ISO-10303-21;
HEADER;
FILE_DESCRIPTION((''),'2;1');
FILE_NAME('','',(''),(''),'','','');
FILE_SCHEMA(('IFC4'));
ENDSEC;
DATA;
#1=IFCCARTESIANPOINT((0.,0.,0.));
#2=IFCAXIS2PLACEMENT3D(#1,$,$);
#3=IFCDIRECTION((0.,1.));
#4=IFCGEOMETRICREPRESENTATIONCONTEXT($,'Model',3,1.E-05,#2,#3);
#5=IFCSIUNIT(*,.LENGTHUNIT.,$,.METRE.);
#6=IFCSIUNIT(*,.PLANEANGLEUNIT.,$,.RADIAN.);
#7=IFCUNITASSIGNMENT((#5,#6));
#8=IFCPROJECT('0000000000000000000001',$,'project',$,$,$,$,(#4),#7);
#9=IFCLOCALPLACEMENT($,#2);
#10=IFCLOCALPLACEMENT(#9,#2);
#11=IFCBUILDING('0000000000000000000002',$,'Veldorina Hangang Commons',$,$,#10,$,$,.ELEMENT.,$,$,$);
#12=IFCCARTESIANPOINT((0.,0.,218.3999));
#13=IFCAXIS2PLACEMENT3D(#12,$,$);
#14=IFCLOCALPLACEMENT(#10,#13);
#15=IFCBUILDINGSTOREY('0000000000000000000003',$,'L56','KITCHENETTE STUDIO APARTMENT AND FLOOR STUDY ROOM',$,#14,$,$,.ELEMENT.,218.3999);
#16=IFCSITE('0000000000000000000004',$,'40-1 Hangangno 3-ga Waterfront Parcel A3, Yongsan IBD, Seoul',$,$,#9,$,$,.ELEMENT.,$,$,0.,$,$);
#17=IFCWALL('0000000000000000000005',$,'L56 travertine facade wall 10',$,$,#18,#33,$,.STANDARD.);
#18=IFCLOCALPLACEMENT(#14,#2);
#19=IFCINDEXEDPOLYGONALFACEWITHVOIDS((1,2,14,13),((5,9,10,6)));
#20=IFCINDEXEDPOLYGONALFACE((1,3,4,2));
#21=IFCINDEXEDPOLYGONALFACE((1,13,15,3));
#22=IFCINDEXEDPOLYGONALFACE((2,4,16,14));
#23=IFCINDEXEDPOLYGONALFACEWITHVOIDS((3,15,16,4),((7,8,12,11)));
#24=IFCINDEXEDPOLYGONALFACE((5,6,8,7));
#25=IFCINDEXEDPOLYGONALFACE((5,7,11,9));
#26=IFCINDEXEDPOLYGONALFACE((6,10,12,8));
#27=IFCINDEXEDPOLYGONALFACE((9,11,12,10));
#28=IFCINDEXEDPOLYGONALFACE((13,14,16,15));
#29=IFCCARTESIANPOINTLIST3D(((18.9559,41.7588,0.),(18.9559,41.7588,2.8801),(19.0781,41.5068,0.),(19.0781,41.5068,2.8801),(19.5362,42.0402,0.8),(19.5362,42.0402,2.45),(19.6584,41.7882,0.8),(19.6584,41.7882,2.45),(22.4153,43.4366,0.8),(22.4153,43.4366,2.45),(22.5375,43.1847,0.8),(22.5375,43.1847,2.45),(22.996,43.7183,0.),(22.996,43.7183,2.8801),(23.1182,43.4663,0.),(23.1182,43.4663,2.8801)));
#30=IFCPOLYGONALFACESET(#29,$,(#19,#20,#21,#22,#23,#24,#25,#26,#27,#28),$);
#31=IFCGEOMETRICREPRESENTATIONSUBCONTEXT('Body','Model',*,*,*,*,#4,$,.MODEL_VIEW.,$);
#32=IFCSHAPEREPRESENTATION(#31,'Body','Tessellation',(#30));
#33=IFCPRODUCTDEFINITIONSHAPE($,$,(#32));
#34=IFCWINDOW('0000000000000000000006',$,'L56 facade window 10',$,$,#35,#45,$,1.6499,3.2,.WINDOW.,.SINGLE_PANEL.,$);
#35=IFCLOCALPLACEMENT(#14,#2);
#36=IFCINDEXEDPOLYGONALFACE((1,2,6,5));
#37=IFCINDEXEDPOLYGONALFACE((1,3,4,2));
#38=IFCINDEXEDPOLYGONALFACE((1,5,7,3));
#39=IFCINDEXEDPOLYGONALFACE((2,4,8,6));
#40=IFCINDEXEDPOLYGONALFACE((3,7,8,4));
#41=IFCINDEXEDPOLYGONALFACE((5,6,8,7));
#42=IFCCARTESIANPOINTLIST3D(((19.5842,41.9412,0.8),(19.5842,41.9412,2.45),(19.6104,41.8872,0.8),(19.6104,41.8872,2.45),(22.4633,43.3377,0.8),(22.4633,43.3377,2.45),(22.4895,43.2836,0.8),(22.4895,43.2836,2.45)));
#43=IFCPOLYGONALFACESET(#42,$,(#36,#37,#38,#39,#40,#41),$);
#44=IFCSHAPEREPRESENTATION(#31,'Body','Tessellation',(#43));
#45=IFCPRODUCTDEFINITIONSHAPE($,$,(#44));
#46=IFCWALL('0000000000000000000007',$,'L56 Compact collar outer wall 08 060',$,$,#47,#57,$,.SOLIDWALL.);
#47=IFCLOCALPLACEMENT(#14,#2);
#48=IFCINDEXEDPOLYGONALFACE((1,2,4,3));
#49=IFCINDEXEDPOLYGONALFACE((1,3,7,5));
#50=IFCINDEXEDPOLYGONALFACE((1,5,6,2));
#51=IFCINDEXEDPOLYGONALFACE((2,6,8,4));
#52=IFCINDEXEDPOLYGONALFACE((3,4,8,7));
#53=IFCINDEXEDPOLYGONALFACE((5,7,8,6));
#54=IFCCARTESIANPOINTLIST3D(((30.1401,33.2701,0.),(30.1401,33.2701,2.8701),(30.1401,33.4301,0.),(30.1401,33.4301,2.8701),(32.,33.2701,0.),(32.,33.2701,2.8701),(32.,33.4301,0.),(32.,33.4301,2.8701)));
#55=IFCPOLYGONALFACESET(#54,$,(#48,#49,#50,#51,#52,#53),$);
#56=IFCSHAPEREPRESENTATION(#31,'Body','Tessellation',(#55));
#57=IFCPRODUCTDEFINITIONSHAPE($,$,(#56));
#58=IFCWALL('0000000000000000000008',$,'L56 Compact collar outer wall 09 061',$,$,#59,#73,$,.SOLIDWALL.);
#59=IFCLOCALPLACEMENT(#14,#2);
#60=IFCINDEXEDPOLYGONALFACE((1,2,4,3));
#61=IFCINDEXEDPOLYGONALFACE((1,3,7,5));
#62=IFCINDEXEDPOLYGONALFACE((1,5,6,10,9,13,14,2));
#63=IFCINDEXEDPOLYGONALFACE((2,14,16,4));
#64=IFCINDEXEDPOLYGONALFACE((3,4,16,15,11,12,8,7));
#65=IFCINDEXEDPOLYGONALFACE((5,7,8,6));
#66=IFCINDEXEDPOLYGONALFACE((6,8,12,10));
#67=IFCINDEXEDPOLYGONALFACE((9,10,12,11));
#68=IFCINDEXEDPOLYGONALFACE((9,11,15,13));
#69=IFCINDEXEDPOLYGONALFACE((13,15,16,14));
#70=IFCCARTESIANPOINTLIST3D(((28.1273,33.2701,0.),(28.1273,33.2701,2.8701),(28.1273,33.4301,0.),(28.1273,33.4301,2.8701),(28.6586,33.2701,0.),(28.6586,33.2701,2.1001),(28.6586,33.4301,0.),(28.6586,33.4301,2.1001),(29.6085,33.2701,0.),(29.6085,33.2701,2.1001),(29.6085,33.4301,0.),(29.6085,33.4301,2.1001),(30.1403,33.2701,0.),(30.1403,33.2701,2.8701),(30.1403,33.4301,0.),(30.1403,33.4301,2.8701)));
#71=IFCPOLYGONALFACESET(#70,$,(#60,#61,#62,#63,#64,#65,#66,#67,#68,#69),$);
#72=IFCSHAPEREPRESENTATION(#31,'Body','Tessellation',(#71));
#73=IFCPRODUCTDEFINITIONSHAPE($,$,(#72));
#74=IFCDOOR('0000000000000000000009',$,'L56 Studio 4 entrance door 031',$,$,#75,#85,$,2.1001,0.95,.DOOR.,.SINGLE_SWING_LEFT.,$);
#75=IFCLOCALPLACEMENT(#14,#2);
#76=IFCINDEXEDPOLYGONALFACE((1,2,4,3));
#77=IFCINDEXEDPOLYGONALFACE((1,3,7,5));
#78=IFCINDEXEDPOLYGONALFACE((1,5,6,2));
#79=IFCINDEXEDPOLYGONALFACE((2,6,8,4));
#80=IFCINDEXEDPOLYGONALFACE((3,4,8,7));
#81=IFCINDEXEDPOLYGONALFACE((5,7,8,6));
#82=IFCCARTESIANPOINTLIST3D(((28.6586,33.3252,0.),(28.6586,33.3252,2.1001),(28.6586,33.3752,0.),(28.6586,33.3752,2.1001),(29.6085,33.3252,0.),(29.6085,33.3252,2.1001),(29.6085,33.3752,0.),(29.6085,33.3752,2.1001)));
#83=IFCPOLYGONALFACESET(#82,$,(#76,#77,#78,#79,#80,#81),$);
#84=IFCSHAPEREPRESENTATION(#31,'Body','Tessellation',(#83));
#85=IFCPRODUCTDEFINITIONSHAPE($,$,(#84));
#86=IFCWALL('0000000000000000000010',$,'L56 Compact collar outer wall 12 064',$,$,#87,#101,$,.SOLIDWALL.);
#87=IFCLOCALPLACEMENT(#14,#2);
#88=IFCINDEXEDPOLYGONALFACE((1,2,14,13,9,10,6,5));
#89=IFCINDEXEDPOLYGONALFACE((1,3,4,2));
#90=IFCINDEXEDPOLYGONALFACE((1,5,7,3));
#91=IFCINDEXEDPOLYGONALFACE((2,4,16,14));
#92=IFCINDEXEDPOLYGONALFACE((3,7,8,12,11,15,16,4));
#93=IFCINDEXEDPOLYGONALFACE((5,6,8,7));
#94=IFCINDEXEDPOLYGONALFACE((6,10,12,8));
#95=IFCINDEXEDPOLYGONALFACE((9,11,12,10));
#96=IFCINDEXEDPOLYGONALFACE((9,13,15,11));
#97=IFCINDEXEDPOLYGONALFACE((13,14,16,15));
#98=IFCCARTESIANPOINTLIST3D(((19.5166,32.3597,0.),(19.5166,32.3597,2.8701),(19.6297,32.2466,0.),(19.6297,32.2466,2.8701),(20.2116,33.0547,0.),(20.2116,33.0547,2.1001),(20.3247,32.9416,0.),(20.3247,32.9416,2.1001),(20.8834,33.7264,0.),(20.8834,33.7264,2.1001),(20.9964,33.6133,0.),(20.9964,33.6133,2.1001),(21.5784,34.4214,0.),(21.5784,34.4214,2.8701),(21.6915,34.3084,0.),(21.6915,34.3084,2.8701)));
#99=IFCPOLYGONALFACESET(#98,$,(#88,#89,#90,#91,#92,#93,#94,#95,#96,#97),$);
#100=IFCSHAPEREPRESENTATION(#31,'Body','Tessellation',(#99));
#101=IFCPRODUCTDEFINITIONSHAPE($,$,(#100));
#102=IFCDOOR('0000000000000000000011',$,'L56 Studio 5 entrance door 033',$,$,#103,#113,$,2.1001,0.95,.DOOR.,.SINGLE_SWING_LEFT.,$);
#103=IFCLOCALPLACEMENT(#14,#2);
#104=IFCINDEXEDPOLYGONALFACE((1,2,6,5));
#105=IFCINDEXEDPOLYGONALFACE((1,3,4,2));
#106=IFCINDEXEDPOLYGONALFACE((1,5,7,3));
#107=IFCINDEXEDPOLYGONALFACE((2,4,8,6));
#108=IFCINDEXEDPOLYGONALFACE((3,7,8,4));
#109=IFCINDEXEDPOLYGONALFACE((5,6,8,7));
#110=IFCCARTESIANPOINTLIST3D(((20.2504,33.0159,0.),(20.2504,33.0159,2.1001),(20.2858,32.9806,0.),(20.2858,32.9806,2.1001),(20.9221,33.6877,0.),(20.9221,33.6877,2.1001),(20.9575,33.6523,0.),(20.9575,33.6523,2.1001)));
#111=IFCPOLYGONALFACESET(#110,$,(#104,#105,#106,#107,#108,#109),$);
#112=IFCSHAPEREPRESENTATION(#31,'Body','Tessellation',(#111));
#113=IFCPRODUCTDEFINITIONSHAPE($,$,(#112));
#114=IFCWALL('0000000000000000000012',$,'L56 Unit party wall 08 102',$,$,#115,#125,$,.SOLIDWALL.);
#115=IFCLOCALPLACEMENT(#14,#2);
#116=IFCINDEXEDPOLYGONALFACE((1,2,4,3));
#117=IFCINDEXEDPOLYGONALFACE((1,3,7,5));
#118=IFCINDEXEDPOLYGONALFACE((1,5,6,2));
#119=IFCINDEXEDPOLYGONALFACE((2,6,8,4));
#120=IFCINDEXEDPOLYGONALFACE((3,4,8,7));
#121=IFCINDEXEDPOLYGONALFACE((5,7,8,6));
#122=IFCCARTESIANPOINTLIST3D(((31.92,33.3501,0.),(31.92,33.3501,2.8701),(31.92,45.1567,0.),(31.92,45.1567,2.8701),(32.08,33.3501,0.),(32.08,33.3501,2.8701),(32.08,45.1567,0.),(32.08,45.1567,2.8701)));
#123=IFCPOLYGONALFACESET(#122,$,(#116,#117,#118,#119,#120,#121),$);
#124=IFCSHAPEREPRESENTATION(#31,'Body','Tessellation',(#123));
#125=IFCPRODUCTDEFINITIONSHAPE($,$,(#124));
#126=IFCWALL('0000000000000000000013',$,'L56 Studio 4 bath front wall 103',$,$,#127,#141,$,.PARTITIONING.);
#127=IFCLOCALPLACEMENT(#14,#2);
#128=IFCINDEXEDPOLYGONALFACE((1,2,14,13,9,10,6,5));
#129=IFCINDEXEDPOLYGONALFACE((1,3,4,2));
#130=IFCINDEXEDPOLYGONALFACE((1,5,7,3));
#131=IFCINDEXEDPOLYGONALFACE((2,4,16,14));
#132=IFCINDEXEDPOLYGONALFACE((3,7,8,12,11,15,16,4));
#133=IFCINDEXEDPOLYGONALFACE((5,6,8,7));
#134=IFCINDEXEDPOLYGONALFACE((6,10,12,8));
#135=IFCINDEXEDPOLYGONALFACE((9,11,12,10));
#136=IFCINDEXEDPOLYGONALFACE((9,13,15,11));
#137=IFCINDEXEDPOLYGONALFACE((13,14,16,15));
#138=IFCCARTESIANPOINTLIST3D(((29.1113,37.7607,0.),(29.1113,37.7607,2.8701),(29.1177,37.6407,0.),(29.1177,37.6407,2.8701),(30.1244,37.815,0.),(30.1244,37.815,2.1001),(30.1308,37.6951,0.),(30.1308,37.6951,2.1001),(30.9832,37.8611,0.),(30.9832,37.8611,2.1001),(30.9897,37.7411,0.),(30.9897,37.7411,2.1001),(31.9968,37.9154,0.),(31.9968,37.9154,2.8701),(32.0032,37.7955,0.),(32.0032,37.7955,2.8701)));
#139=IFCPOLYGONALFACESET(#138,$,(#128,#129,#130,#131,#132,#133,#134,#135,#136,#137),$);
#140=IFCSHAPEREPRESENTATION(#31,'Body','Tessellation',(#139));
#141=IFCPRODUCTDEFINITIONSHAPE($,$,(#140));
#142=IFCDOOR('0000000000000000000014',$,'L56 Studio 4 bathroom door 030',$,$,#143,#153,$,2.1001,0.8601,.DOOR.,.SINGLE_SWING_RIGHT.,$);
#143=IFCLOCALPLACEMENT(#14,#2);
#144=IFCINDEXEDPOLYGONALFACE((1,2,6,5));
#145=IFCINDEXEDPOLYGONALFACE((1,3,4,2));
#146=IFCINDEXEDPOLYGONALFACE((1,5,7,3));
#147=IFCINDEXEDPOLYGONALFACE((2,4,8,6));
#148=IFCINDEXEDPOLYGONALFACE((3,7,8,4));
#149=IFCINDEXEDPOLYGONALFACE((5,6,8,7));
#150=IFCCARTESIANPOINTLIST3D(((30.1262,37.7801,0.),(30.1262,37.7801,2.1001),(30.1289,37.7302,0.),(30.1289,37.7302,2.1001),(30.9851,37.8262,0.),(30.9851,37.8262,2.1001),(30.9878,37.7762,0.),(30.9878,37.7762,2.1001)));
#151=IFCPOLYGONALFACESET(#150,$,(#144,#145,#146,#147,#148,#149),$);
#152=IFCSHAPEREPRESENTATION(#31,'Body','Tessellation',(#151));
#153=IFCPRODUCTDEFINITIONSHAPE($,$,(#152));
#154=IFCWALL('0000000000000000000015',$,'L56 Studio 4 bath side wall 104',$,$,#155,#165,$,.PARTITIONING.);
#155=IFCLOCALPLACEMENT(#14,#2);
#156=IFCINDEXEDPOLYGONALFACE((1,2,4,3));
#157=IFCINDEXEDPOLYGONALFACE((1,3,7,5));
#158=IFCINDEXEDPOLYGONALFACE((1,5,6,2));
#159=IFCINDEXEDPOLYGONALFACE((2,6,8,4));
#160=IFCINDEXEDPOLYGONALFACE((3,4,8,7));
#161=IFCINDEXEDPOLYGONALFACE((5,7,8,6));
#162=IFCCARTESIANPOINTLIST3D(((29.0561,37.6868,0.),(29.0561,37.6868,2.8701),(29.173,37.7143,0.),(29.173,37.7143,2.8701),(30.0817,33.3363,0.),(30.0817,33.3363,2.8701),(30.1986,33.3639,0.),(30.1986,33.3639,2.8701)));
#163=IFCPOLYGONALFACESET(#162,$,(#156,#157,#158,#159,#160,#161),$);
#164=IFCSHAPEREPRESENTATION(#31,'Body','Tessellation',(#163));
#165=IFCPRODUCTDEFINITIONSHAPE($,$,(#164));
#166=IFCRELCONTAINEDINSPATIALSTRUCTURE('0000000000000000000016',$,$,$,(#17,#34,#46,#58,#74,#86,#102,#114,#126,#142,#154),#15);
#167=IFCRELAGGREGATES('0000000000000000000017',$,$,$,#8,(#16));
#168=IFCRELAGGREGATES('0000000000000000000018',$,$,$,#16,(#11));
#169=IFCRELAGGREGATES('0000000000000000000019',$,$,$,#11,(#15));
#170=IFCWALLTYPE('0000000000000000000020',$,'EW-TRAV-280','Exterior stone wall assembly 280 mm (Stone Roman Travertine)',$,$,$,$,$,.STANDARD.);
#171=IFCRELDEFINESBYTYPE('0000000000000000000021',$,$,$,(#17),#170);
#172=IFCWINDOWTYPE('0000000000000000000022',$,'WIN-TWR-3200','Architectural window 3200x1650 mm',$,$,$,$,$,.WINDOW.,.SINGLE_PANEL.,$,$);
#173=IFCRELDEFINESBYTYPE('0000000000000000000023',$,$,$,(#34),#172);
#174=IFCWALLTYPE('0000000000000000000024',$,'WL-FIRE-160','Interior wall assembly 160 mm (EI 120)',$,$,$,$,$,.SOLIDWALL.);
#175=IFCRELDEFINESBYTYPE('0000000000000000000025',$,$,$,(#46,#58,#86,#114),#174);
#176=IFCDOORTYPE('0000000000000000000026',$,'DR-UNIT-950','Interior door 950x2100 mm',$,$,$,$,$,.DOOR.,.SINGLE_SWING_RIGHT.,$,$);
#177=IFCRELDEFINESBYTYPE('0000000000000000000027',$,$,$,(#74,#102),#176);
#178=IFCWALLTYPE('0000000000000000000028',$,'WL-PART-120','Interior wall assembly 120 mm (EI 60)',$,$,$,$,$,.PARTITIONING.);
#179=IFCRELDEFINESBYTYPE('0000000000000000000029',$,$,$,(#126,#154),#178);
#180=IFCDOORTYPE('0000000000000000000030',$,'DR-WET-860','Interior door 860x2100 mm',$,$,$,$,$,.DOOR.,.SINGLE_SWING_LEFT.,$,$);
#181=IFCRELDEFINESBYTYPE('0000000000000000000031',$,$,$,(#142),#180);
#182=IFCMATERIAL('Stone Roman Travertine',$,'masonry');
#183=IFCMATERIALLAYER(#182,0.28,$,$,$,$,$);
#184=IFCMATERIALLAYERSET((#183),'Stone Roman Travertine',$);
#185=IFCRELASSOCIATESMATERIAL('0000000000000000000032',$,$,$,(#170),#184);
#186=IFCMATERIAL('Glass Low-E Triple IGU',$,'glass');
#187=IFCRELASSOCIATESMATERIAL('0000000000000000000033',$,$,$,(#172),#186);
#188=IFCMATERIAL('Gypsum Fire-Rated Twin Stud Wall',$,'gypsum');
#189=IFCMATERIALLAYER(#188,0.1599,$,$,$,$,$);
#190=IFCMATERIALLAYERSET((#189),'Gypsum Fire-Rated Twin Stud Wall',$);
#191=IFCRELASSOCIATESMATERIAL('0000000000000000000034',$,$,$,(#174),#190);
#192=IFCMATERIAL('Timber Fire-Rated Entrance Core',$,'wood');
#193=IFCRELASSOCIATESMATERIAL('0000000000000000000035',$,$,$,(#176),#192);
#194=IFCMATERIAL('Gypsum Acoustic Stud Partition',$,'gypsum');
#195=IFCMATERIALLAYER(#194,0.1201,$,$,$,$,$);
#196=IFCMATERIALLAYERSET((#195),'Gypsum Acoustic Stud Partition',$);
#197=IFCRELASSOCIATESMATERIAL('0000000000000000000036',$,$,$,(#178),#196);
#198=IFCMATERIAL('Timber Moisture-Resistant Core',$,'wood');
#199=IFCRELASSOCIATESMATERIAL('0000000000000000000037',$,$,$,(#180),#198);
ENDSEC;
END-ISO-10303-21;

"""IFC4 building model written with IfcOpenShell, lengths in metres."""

from ifc_helpers import new_model, si_unit, direction, frame, frame_2d, origin, place, context, subcontext, project, spatial, rectangle, extrude, material, layer, layer_set, type_object, element, fill, save


model = new_model("IFC4")

# Units and contexts
model_context = context("Model", 3, precision=1e-05, world=origin(), true_north=direction((0.0, 1.0)))
body_context = subcontext(model_context, "Body", "Model", "MODEL_VIEW")
ifc_project = project(units=[si_unit("LENGTHUNIT", "METRE"), si_unit("PLANEANGLEUNIT", "RADIAN")], contexts=[model_context])

# Site, building, storey
site_placement = place(None, origin())
site = spatial("IfcSite", under=ifc_project, at=site_placement, Name="40-1 Hangangno 3-ga Waterfront Parcel A3, Yongsan IBD, Seoul", CompositionType="ELEMENT", RefElevation=0.0)
building_placement = place(site_placement, origin())
building = spatial("IfcBuilding", under=site, at=building_placement, Name="Veldorina Hangang Commons", CompositionType="ELEMENT")
storey_placement = place(building_placement, frame((0.0, 0.0, 218.3999)))
storey = spatial("IfcBuildingStorey", under=building, at=storey_placement, Name="L56", Description="KITCHENETTE STUDIO APARTMENT AND FLOOR STUDY ROOM", CompositionType="ELEMENT", Elevation=218.3999)

# Shared definitions
ifc_material_1 = material(Name="Stone Roman Travertine", Category="masonry")
ifc_layer_1 = layer(ifc_material_1, 0.28)
ifc_layer_set_1 = layer_set([ifc_layer_1], Name="Stone Roman Travertine")
wall_type_1 = type_object("IfcWallType", Name="EW-TRAV-280", Description="Exterior stone wall assembly 280 mm (Stone Roman Travertine)", PredefinedType="STANDARD", material=ifc_layer_set_1)

# Wall, opening, window
wall_1_placement = place(storey_placement, frame((23.0571, 43.5923, 0.0), z_axis=(0.0, 0.0, 1.0), x_axis=(-0.899756, -0.436394, 0.0)))
wall_1 = element("IfcWall", 1, at=wall_1_placement, inside=storey, type_object=wall_type_1, Name="L56 travertine facade wall 10", PredefinedType="STANDARD", context=body_context, shape_type="SweptSolid", body=[
    extrude(rectangle(XDim=4.4902, YDim=0.28, at=frame_2d((2.2451, 0.0))), origin(), (0.0, 0.0, 1.0), 2.8801),
])
opening_1_placement = place(wall_1_placement, frame((0.6453, 0.0, 0.8)))
opening_1 = element("IfcOpeningElement", 2, at=opening_1_placement, cuts=wall_1, PredefinedType="OPENING", context=body_context, shape_type="SweptSolid", body=[
    extrude(rectangle(XDim=3.2, YDim=1.6499, at=frame_2d((1.6001, 0.825))), frame((0.0, 0.1499, 0.0), z_axis=(0.0, -1.0, 0.0), x_axis=(1.0, 0.0, 0.0)), (0.0, 0.0, 1.0), 0.3),
])
ifc_material_2 = material(Name="Glass Low-E Triple IGU", Category="glass")
window_type = type_object("IfcWindowType", Name="WIN-TWR-3200", Description="Architectural window 3200x1650 mm", PartitioningType="SINGLE_PANEL", PredefinedType="WINDOW", material=ifc_material_2)
window_placement = place(opening_1_placement, origin())
window = element("IfcWindow", 3, at=window_placement, inside=storey, type_object=window_type, Name="L56 facade window 10", OverallHeight=1.6499, OverallWidth=3.2, PartitioningType="SINGLE_PANEL", PredefinedType="WINDOW", context=body_context, shape_type="SweptSolid", body=[
    extrude(rectangle(XDim=3.2, YDim=1.6499, at=frame_2d((1.6001, 0.825))), frame((0.0, 0.03, 0.0), z_axis=(0.0, -1.0, 0.0), x_axis=(1.0, 0.0, 0.0)), (0.0, 0.0, 1.0), 0.0601),
])
fill(opening_1, window)

# Wall
ifc_material_3 = material(Name="Gypsum Fire-Rated Twin Stud Wall", Category="gypsum")
ifc_layer_2 = layer(ifc_material_3, 0.1599)
ifc_layer_set_2 = layer_set([ifc_layer_2], Name="Gypsum Fire-Rated Twin Stud Wall")
wall_type_2 = type_object("IfcWallType", Name="WL-FIRE-160", Description="Interior wall assembly 160 mm (EI 120)", PredefinedType="SOLIDWALL", material=ifc_layer_set_2)
wall_2_placement = place(storey_placement, frame((32.0, 33.3501, 0.0), z_axis=(0.0, 0.0, 1.0), x_axis=(-1.0, 0.0, 0.0)))
element("IfcWall", 4, at=wall_2_placement, inside=storey, type_object=wall_type_2, Name="L56 Compact collar outer wall 08 060", PredefinedType="SOLIDWALL", context=body_context, shape_type="SweptSolid", body=[
    extrude(rectangle(XDim=1.8599, YDim=0.1599, at=frame_2d((0.9299, 0.0))), origin(), (0.0, 0.0, 1.0), 2.8701),
])

# Walls, openings, doors
wall_3_placement = place(storey_placement, frame((30.1401, 33.3501, 0.0), z_axis=(0.0, 0.0, 1.0), x_axis=(-1.0, 0.0, 0.0)))
wall_3 = element("IfcWall", 5, at=wall_3_placement, inside=storey, type_object=wall_type_2, Name="L56 Compact collar outer wall 09 061", PredefinedType="SOLIDWALL", context=body_context, shape_type="SweptSolid", body=[
    extrude(rectangle(XDim=2.0129, YDim=0.1599, at=frame_2d((1.0063, 0.0))), origin(), (0.0, 0.0, 1.0), 2.8701),
])
opening_2_placement = place(wall_3_placement, frame((0.5315, 0.0, 0.0)))
opening_2 = element("IfcOpeningElement", 6, at=opening_2_placement, cuts=wall_3, PredefinedType="OPENING", context=body_context, shape_type="SweptSolid", body=[
    extrude(rectangle(XDim=0.95, YDim=2.1001, at=frame_2d((0.4751, 1.05))), frame((0.0, 0.0898, 0.0), z_axis=(0.0, -1.0, 0.0), x_axis=(1.0, 0.0, 0.0)), (0.0, 0.0, 1.0), 0.1799),
])
ifc_material_4 = material(Name="Timber Fire-Rated Entrance Core", Category="wood")
door_type_1 = type_object("IfcDoorType", Name="DR-UNIT-950", Description="Interior door 950x2100 mm", OperationType="SINGLE_SWING_RIGHT", PredefinedType="DOOR", material=ifc_material_4)
door_1_placement = place(opening_2_placement, origin())
door_1 = element("IfcDoor", 7, at=door_1_placement, inside=storey, type_object=door_type_1, Name="L56 Studio 4 entrance door 031", OperationType="SINGLE_SWING_LEFT", OverallHeight=2.1001, OverallWidth=0.95, PredefinedType="DOOR", context=body_context, shape_type="SweptSolid", body=[
    extrude(rectangle(XDim=0.95, YDim=2.1001, at=frame_2d((0.4751, 1.05))), frame((0.0, 0.0249, 0.0), z_axis=(0.0, -1.0, 0.0), x_axis=(1.0, 0.0, 0.0)), (0.0, 0.0, 1.0), 0.05),
])
fill(opening_2, door_1)
wall_4_placement = place(storey_placement, frame((21.635, 34.365, 0.0), z_axis=(0.0, 0.0, 1.0), x_axis=(-0.707107, -0.707107, 0.0)))
wall_4 = element("IfcWall", 8, at=wall_4_placement, inside=storey, type_object=wall_type_2, Name="L56 Compact collar outer wall 12 064", PredefinedType="SOLIDWALL", context=body_context, shape_type="SweptSolid", body=[
    extrude(rectangle(XDim=2.9158, YDim=0.1599, at=frame_2d((1.458, 0.0))), origin(), (0.0, 0.0, 1.0), 2.8701),
])
opening_3_placement = place(wall_4_placement, frame((0.9829, 0.0, 0.0)))
opening_3 = element("IfcOpeningElement", 9, at=opening_3_placement, cuts=wall_4, PredefinedType="OPENING", context=body_context, shape_type="SweptSolid", body=[
    extrude(rectangle(XDim=0.95, YDim=2.1001, at=frame_2d((0.4751, 1.05))), frame((0.0, 0.0898, 0.0), z_axis=(0.0, -1.0, 0.0), x_axis=(1.0, 0.0, 0.0)), (0.0, 0.0, 1.0), 0.1799),
])
door_2_placement = place(opening_3_placement, origin())
door_2 = element("IfcDoor", 10, at=door_2_placement, inside=storey, type_object=door_type_1, Name="L56 Studio 5 entrance door 033", OperationType="SINGLE_SWING_LEFT", OverallHeight=2.1001, OverallWidth=0.95, PredefinedType="DOOR", context=body_context, shape_type="SweptSolid", body=[
    extrude(rectangle(XDim=0.95, YDim=2.1001, at=frame_2d((0.4751, 1.05))), frame((0.0, 0.0249, 0.0), z_axis=(0.0, -1.0, 0.0), x_axis=(1.0, 0.0, 0.0)), (0.0, 0.0, 1.0), 0.05),
])
fill(opening_3, door_2)

# Wall
wall_5_placement = place(storey_placement, frame((32.0, 33.3501, 0.0), z_axis=(0.0, 0.0, 1.0), x_axis=(0.0, 1.0, 0.0)))
element("IfcWall", 11, at=wall_5_placement, inside=storey, type_object=wall_type_2, Name="L56 Unit party wall 08 102", PredefinedType="SOLIDWALL", context=body_context, shape_type="SweptSolid", body=[
    extrude(rectangle(XDim=11.8066, YDim=0.1599, at=frame_2d((5.9033, 0.0))), origin(), (0.0, 0.0, 1.0), 2.8701),
])

# Wall, opening, door
ifc_material_5 = material(Name="Gypsum Acoustic Stud Partition", Category="gypsum")
ifc_layer_3 = layer(ifc_material_5, 0.1201)
ifc_layer_set_3 = layer_set([ifc_layer_3], Name="Gypsum Acoustic Stud Partition")
wall_type_3 = type_object("IfcWallType", Name="WL-PART-120", Description="Interior wall assembly 120 mm (EI 60)", PredefinedType="PARTITIONING", material=ifc_layer_set_3)
wall_6_placement = place(storey_placement, frame((32.0, 37.8555, 0.0), z_axis=(0.0, 0.0, 1.0), x_axis=(-0.998564, -0.053565, 0.0)))
wall_6 = element("IfcWall", 12, at=wall_6_placement, inside=storey, type_object=wall_type_3, Name="L56 Studio 4 bath front wall 103", PredefinedType="PARTITIONING", context=body_context, shape_type="SweptSolid", body=[
    extrude(rectangle(XDim=2.8896, YDim=0.1201, at=frame_2d((1.4448, 0.0))), origin(), (0.0, 0.0, 1.0), 2.8701),
])
opening_4_placement = place(wall_6_placement, frame((1.0149, 0.0, 0.0)))
opening_4 = element("IfcOpeningElement", 13, at=opening_4_placement, cuts=wall_6, PredefinedType="OPENING", context=body_context, shape_type="SweptSolid", body=[
    extrude(rectangle(XDim=0.8601, YDim=2.1001, at=frame_2d((0.4302, 1.05))), frame((0.0, 0.0701, 0.0), z_axis=(0.0, -1.0, 0.0), x_axis=(1.0, 0.0, 0.0)), (0.0, 0.0, 1.0), 0.1401),
])
ifc_material_6 = material(Name="Timber Moisture-Resistant Core", Category="wood")
door_type_2 = type_object("IfcDoorType", Name="DR-WET-860", Description="Interior door 860x2100 mm", OperationType="SINGLE_SWING_LEFT", PredefinedType="DOOR", material=ifc_material_6)
door_3_placement = place(opening_4_placement, origin())
door_3 = element("IfcDoor", 14, at=door_3_placement, inside=storey, type_object=door_type_2, Name="L56 Studio 4 bathroom door 030", OperationType="SINGLE_SWING_RIGHT", OverallHeight=2.1001, OverallWidth=0.8601, PredefinedType="DOOR", context=body_context, shape_type="SweptSolid", body=[
    extrude(rectangle(XDim=0.8601, YDim=2.1001, at=frame_2d((0.4302, 1.05))), frame((0.0, 0.0249, 0.0), z_axis=(0.0, -1.0, 0.0), x_axis=(1.0, 0.0, 0.0)), (0.0, 0.0, 1.0), 0.05),
])
fill(opening_4, door_3)

# Wall
wall_7_placement = place(storey_placement, frame((30.1401, 33.3501, 0.0), z_axis=(0.0, 0.0, 1.0), x_axis=(-0.229456, 0.973319, 0.0)))
element("IfcWall", 15, at=wall_7_placement, inside=storey, type_object=wall_type_3, Name="L56 Studio 4 bath side wall 104", PredefinedType="PARTITIONING", context=body_context, shape_type="SweptSolid", body=[
    extrude(rectangle(XDim=4.4697, YDim=0.1201, at=frame_2d((2.2349, 0.0))), origin(), (0.0, 0.0, 1.0), 2.8701),
])

save(model, "model.ifc")
